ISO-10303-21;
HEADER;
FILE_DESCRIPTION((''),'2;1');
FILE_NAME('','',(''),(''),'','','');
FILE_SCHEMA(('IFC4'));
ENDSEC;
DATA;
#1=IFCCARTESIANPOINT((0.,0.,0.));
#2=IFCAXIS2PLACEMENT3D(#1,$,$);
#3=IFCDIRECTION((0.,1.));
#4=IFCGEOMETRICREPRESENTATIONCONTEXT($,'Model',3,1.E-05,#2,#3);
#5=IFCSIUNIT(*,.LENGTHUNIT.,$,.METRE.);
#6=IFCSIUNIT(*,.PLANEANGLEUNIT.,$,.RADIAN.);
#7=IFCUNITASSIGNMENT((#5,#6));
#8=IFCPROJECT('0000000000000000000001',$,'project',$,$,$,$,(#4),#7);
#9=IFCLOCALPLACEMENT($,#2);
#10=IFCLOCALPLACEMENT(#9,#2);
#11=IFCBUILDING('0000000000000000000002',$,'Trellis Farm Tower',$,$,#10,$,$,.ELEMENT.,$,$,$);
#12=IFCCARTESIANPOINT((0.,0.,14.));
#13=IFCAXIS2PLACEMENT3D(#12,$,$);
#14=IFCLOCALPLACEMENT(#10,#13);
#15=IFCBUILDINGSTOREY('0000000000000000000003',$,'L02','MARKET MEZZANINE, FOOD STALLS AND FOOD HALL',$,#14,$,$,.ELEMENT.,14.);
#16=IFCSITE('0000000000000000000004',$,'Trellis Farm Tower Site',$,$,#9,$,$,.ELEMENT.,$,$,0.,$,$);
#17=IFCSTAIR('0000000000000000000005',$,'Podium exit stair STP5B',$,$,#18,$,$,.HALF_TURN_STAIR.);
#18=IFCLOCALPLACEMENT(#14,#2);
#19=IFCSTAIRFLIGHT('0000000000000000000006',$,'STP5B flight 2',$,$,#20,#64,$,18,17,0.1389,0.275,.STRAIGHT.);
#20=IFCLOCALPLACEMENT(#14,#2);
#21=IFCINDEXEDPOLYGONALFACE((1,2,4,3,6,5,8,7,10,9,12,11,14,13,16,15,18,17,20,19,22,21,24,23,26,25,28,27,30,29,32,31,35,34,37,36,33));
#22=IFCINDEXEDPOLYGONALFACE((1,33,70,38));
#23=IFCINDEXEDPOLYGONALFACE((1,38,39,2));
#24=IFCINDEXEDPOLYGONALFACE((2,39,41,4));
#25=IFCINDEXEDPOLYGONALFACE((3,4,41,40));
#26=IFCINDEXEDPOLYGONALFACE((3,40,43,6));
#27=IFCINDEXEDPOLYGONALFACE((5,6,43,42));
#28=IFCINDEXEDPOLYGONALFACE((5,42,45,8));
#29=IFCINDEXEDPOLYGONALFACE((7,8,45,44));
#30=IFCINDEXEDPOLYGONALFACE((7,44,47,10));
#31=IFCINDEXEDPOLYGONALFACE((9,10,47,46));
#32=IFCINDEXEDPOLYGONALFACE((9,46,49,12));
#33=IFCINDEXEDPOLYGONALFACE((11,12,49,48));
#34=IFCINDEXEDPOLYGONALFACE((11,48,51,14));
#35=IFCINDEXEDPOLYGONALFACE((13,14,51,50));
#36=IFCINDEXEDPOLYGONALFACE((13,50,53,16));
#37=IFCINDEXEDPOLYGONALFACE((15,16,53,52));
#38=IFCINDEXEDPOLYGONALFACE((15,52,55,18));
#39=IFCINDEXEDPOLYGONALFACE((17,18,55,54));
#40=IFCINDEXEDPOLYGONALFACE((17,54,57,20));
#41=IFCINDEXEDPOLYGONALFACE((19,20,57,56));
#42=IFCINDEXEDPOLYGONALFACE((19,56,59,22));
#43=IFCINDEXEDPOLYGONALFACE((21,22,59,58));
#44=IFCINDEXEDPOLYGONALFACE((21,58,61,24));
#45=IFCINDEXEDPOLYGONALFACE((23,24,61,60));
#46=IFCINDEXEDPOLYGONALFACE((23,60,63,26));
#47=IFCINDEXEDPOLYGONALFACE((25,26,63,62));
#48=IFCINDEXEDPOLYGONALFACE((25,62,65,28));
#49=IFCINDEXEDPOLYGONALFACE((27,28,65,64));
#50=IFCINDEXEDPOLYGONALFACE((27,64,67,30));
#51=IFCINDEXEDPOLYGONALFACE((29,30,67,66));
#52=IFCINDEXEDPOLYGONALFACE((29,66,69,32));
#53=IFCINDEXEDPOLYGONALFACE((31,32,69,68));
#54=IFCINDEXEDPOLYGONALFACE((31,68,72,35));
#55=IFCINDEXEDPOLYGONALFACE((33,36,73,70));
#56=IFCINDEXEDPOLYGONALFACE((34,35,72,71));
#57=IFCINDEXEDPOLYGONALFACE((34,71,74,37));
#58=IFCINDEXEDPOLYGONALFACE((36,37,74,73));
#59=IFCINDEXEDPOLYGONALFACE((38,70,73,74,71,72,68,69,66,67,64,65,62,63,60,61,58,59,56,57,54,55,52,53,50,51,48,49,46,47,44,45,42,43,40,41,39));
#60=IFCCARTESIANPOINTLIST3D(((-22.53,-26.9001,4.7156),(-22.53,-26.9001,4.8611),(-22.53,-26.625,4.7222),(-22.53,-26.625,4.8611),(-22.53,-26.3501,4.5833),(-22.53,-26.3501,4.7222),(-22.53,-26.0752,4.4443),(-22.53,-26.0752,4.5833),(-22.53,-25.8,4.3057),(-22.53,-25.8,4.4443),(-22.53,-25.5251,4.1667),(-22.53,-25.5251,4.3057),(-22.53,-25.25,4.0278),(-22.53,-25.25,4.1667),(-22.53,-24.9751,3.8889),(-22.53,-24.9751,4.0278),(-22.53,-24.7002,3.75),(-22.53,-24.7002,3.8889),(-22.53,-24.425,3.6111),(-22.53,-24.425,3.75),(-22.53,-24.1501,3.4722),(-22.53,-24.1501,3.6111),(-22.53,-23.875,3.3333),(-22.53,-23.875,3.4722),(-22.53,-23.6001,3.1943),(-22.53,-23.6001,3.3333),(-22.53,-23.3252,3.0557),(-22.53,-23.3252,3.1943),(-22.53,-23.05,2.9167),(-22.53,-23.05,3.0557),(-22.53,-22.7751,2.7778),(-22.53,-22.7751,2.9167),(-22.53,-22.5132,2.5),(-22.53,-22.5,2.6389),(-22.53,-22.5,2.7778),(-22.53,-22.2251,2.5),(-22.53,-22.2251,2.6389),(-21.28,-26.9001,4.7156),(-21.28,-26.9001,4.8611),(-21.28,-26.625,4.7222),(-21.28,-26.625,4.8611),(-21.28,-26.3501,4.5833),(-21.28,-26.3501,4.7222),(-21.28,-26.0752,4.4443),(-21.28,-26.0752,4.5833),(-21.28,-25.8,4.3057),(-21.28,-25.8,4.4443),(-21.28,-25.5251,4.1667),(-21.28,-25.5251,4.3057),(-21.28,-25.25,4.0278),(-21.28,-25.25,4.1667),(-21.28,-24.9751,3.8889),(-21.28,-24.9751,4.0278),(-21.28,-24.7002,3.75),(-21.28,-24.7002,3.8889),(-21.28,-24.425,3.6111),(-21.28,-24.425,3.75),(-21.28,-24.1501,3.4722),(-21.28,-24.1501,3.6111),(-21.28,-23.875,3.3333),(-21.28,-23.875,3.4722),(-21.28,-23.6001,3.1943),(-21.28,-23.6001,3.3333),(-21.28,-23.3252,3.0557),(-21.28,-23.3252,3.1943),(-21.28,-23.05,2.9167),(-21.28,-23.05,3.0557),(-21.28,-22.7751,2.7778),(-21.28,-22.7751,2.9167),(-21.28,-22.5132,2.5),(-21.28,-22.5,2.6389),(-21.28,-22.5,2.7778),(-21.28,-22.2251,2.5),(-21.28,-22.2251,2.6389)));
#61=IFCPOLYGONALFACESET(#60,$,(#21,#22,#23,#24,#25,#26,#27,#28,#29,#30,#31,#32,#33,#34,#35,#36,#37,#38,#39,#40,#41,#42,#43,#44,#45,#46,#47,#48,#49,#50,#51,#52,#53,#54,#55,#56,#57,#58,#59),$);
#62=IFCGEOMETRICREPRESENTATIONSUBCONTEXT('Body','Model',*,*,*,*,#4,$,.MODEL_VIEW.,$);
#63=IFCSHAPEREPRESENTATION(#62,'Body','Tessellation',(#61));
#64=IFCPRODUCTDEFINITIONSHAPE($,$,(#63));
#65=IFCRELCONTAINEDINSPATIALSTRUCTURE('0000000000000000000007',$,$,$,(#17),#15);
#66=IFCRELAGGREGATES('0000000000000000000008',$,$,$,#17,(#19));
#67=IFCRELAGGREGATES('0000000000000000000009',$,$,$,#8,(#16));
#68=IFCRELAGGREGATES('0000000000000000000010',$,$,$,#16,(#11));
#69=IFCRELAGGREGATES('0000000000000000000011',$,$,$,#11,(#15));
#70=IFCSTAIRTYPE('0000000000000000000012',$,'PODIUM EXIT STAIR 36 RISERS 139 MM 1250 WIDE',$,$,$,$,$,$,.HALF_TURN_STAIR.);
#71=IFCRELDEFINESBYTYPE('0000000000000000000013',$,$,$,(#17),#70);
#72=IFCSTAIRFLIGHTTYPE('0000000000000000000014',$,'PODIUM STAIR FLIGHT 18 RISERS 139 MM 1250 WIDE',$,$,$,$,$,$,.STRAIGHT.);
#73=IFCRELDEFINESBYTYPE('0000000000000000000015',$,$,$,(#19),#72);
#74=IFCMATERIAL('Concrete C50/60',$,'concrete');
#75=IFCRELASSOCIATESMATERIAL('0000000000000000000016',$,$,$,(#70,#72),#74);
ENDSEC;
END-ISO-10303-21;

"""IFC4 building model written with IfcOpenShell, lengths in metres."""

from ifc_helpers import new_model, si_unit, direction, frame, origin, place, context, subcontext, project, spatial, polyline, outline, extrude, source, transform, mapped, material, type_object, element, aggregate, save


model = new_model("IFC4")

# Units and contexts
model_context = context("Model", 3, precision=1e-05, world=origin(), true_north=direction((0.0, 1.0)))
body_context = subcontext(model_context, "Body", "Model", "MODEL_VIEW")
ifc_project = project(units=[si_unit("LENGTHUNIT", "METRE"), si_unit("PLANEANGLEUNIT", "RADIAN")], contexts=[model_context])

# Site, building, storey
site_placement = place(None, origin())
site = spatial("IfcSite", under=ifc_project, at=site_placement, Name="Trellis Farm Tower Site", CompositionType="ELEMENT", RefElevation=0.0)
building_placement = place(site_placement, origin())
building = spatial("IfcBuilding", under=site, at=building_placement, Name="Trellis Farm Tower", CompositionType="ELEMENT")
storey_placement = place(building_placement, frame((0.0, 0.0, 14.0)))
storey = spatial("IfcBuildingStorey", under=building, at=storey_placement, Name="L02", Description="MARKET MEZZANINE, FOOD STALLS AND FOOD HALL", CompositionType="ELEMENT", Elevation=14.0)

# Stair, stair flight
ifc_material_1 = material(Name="Concrete C50/60", Category="concrete")
stair_type = type_object("IfcStairType", Name="PODIUM EXIT STAIR 36 RISERS 139 MM 1250 WIDE", PredefinedType="HALF_TURN_STAIR", material=ifc_material_1)
placement = place(storey_placement, origin())
stair_flight_type = type_object("IfcStairFlightType", Name="PODIUM STAIR FLIGHT 18 RISERS 139 MM 1250 WIDE", PredefinedType="STRAIGHT", material=ifc_material_1)
shared_shape_1 = source(origin(), body_context, "Body", "SweptSolid", [
    extrude(outline(polyline([(0.0, 0.0), (0.0, 0.1389), (0.2749, 0.1389), (0.2749, 0.2778), (0.55, 0.2778), (0.55, 0.4167), (0.825, 0.4167), (0.825, 0.5557), (1.1001, 0.5557), (1.1001, 0.6943), (1.375, 0.6943), (1.375, 0.8333), (1.6499, 0.8333), (1.6499, 0.9722), (1.925, 0.9722), (1.925, 1.1111), (2.2, 1.1111), (2.2, 1.25), (2.4751, 1.25), (2.4751, 1.3889), (2.75, 1.3889), (2.75, 1.5278), (3.0249, 1.5278), (3.0249, 1.6667), (3.3, 1.6667), (3.3, 1.8057), (3.575, 1.8057), (3.575, 1.9443), (3.8501, 1.9443), (3.8501, 2.0833), (4.125, 2.0833), (4.125, 2.2222), (4.3999, 2.2222), (4.3999, 2.3611), (4.675, 2.3611), (4.675, 2.5), (4.675, 2.2156), (0.2881, 0.0), (0.0, 0.0)])), frame((0.0, 0.625, 0.0), z_axis=(0.0, -1.0, 0.0), x_axis=(1.0, 0.0, 0.0)), (0.0, 0.0, 1.0), 1.25),
])
stair_1 = element("IfcStair", 1, at=placement, inside=storey, type_object=stair_type, Name="Podium exit stair STP5B", PredefinedType="HALF_TURN_STAIR")
stair_flight_1_placement = place(storey_placement, frame((-21.905, -22.2251, 2.5), z_axis=(0.0, 0.0, 1.0), x_axis=(0.0, -1.0, 0.0)))
stair_flight_1 = element("IfcStairFlight", 2, at=stair_flight_1_placement, type_object=stair_flight_type, Name="STP5B flight 2", NumberOfRisers=18, NumberOfTreads=17, PredefinedType="STRAIGHT", RiserHeight=0.1389, TreadLength=0.275, context=body_context, shape_type="MappedRepresentation", body=[
    mapped(shared_shape_1, transform((0.0, 0.0, 0.0))),
])
aggregate(stair_1, [stair_flight_1])

save(model, "model.ifc")
